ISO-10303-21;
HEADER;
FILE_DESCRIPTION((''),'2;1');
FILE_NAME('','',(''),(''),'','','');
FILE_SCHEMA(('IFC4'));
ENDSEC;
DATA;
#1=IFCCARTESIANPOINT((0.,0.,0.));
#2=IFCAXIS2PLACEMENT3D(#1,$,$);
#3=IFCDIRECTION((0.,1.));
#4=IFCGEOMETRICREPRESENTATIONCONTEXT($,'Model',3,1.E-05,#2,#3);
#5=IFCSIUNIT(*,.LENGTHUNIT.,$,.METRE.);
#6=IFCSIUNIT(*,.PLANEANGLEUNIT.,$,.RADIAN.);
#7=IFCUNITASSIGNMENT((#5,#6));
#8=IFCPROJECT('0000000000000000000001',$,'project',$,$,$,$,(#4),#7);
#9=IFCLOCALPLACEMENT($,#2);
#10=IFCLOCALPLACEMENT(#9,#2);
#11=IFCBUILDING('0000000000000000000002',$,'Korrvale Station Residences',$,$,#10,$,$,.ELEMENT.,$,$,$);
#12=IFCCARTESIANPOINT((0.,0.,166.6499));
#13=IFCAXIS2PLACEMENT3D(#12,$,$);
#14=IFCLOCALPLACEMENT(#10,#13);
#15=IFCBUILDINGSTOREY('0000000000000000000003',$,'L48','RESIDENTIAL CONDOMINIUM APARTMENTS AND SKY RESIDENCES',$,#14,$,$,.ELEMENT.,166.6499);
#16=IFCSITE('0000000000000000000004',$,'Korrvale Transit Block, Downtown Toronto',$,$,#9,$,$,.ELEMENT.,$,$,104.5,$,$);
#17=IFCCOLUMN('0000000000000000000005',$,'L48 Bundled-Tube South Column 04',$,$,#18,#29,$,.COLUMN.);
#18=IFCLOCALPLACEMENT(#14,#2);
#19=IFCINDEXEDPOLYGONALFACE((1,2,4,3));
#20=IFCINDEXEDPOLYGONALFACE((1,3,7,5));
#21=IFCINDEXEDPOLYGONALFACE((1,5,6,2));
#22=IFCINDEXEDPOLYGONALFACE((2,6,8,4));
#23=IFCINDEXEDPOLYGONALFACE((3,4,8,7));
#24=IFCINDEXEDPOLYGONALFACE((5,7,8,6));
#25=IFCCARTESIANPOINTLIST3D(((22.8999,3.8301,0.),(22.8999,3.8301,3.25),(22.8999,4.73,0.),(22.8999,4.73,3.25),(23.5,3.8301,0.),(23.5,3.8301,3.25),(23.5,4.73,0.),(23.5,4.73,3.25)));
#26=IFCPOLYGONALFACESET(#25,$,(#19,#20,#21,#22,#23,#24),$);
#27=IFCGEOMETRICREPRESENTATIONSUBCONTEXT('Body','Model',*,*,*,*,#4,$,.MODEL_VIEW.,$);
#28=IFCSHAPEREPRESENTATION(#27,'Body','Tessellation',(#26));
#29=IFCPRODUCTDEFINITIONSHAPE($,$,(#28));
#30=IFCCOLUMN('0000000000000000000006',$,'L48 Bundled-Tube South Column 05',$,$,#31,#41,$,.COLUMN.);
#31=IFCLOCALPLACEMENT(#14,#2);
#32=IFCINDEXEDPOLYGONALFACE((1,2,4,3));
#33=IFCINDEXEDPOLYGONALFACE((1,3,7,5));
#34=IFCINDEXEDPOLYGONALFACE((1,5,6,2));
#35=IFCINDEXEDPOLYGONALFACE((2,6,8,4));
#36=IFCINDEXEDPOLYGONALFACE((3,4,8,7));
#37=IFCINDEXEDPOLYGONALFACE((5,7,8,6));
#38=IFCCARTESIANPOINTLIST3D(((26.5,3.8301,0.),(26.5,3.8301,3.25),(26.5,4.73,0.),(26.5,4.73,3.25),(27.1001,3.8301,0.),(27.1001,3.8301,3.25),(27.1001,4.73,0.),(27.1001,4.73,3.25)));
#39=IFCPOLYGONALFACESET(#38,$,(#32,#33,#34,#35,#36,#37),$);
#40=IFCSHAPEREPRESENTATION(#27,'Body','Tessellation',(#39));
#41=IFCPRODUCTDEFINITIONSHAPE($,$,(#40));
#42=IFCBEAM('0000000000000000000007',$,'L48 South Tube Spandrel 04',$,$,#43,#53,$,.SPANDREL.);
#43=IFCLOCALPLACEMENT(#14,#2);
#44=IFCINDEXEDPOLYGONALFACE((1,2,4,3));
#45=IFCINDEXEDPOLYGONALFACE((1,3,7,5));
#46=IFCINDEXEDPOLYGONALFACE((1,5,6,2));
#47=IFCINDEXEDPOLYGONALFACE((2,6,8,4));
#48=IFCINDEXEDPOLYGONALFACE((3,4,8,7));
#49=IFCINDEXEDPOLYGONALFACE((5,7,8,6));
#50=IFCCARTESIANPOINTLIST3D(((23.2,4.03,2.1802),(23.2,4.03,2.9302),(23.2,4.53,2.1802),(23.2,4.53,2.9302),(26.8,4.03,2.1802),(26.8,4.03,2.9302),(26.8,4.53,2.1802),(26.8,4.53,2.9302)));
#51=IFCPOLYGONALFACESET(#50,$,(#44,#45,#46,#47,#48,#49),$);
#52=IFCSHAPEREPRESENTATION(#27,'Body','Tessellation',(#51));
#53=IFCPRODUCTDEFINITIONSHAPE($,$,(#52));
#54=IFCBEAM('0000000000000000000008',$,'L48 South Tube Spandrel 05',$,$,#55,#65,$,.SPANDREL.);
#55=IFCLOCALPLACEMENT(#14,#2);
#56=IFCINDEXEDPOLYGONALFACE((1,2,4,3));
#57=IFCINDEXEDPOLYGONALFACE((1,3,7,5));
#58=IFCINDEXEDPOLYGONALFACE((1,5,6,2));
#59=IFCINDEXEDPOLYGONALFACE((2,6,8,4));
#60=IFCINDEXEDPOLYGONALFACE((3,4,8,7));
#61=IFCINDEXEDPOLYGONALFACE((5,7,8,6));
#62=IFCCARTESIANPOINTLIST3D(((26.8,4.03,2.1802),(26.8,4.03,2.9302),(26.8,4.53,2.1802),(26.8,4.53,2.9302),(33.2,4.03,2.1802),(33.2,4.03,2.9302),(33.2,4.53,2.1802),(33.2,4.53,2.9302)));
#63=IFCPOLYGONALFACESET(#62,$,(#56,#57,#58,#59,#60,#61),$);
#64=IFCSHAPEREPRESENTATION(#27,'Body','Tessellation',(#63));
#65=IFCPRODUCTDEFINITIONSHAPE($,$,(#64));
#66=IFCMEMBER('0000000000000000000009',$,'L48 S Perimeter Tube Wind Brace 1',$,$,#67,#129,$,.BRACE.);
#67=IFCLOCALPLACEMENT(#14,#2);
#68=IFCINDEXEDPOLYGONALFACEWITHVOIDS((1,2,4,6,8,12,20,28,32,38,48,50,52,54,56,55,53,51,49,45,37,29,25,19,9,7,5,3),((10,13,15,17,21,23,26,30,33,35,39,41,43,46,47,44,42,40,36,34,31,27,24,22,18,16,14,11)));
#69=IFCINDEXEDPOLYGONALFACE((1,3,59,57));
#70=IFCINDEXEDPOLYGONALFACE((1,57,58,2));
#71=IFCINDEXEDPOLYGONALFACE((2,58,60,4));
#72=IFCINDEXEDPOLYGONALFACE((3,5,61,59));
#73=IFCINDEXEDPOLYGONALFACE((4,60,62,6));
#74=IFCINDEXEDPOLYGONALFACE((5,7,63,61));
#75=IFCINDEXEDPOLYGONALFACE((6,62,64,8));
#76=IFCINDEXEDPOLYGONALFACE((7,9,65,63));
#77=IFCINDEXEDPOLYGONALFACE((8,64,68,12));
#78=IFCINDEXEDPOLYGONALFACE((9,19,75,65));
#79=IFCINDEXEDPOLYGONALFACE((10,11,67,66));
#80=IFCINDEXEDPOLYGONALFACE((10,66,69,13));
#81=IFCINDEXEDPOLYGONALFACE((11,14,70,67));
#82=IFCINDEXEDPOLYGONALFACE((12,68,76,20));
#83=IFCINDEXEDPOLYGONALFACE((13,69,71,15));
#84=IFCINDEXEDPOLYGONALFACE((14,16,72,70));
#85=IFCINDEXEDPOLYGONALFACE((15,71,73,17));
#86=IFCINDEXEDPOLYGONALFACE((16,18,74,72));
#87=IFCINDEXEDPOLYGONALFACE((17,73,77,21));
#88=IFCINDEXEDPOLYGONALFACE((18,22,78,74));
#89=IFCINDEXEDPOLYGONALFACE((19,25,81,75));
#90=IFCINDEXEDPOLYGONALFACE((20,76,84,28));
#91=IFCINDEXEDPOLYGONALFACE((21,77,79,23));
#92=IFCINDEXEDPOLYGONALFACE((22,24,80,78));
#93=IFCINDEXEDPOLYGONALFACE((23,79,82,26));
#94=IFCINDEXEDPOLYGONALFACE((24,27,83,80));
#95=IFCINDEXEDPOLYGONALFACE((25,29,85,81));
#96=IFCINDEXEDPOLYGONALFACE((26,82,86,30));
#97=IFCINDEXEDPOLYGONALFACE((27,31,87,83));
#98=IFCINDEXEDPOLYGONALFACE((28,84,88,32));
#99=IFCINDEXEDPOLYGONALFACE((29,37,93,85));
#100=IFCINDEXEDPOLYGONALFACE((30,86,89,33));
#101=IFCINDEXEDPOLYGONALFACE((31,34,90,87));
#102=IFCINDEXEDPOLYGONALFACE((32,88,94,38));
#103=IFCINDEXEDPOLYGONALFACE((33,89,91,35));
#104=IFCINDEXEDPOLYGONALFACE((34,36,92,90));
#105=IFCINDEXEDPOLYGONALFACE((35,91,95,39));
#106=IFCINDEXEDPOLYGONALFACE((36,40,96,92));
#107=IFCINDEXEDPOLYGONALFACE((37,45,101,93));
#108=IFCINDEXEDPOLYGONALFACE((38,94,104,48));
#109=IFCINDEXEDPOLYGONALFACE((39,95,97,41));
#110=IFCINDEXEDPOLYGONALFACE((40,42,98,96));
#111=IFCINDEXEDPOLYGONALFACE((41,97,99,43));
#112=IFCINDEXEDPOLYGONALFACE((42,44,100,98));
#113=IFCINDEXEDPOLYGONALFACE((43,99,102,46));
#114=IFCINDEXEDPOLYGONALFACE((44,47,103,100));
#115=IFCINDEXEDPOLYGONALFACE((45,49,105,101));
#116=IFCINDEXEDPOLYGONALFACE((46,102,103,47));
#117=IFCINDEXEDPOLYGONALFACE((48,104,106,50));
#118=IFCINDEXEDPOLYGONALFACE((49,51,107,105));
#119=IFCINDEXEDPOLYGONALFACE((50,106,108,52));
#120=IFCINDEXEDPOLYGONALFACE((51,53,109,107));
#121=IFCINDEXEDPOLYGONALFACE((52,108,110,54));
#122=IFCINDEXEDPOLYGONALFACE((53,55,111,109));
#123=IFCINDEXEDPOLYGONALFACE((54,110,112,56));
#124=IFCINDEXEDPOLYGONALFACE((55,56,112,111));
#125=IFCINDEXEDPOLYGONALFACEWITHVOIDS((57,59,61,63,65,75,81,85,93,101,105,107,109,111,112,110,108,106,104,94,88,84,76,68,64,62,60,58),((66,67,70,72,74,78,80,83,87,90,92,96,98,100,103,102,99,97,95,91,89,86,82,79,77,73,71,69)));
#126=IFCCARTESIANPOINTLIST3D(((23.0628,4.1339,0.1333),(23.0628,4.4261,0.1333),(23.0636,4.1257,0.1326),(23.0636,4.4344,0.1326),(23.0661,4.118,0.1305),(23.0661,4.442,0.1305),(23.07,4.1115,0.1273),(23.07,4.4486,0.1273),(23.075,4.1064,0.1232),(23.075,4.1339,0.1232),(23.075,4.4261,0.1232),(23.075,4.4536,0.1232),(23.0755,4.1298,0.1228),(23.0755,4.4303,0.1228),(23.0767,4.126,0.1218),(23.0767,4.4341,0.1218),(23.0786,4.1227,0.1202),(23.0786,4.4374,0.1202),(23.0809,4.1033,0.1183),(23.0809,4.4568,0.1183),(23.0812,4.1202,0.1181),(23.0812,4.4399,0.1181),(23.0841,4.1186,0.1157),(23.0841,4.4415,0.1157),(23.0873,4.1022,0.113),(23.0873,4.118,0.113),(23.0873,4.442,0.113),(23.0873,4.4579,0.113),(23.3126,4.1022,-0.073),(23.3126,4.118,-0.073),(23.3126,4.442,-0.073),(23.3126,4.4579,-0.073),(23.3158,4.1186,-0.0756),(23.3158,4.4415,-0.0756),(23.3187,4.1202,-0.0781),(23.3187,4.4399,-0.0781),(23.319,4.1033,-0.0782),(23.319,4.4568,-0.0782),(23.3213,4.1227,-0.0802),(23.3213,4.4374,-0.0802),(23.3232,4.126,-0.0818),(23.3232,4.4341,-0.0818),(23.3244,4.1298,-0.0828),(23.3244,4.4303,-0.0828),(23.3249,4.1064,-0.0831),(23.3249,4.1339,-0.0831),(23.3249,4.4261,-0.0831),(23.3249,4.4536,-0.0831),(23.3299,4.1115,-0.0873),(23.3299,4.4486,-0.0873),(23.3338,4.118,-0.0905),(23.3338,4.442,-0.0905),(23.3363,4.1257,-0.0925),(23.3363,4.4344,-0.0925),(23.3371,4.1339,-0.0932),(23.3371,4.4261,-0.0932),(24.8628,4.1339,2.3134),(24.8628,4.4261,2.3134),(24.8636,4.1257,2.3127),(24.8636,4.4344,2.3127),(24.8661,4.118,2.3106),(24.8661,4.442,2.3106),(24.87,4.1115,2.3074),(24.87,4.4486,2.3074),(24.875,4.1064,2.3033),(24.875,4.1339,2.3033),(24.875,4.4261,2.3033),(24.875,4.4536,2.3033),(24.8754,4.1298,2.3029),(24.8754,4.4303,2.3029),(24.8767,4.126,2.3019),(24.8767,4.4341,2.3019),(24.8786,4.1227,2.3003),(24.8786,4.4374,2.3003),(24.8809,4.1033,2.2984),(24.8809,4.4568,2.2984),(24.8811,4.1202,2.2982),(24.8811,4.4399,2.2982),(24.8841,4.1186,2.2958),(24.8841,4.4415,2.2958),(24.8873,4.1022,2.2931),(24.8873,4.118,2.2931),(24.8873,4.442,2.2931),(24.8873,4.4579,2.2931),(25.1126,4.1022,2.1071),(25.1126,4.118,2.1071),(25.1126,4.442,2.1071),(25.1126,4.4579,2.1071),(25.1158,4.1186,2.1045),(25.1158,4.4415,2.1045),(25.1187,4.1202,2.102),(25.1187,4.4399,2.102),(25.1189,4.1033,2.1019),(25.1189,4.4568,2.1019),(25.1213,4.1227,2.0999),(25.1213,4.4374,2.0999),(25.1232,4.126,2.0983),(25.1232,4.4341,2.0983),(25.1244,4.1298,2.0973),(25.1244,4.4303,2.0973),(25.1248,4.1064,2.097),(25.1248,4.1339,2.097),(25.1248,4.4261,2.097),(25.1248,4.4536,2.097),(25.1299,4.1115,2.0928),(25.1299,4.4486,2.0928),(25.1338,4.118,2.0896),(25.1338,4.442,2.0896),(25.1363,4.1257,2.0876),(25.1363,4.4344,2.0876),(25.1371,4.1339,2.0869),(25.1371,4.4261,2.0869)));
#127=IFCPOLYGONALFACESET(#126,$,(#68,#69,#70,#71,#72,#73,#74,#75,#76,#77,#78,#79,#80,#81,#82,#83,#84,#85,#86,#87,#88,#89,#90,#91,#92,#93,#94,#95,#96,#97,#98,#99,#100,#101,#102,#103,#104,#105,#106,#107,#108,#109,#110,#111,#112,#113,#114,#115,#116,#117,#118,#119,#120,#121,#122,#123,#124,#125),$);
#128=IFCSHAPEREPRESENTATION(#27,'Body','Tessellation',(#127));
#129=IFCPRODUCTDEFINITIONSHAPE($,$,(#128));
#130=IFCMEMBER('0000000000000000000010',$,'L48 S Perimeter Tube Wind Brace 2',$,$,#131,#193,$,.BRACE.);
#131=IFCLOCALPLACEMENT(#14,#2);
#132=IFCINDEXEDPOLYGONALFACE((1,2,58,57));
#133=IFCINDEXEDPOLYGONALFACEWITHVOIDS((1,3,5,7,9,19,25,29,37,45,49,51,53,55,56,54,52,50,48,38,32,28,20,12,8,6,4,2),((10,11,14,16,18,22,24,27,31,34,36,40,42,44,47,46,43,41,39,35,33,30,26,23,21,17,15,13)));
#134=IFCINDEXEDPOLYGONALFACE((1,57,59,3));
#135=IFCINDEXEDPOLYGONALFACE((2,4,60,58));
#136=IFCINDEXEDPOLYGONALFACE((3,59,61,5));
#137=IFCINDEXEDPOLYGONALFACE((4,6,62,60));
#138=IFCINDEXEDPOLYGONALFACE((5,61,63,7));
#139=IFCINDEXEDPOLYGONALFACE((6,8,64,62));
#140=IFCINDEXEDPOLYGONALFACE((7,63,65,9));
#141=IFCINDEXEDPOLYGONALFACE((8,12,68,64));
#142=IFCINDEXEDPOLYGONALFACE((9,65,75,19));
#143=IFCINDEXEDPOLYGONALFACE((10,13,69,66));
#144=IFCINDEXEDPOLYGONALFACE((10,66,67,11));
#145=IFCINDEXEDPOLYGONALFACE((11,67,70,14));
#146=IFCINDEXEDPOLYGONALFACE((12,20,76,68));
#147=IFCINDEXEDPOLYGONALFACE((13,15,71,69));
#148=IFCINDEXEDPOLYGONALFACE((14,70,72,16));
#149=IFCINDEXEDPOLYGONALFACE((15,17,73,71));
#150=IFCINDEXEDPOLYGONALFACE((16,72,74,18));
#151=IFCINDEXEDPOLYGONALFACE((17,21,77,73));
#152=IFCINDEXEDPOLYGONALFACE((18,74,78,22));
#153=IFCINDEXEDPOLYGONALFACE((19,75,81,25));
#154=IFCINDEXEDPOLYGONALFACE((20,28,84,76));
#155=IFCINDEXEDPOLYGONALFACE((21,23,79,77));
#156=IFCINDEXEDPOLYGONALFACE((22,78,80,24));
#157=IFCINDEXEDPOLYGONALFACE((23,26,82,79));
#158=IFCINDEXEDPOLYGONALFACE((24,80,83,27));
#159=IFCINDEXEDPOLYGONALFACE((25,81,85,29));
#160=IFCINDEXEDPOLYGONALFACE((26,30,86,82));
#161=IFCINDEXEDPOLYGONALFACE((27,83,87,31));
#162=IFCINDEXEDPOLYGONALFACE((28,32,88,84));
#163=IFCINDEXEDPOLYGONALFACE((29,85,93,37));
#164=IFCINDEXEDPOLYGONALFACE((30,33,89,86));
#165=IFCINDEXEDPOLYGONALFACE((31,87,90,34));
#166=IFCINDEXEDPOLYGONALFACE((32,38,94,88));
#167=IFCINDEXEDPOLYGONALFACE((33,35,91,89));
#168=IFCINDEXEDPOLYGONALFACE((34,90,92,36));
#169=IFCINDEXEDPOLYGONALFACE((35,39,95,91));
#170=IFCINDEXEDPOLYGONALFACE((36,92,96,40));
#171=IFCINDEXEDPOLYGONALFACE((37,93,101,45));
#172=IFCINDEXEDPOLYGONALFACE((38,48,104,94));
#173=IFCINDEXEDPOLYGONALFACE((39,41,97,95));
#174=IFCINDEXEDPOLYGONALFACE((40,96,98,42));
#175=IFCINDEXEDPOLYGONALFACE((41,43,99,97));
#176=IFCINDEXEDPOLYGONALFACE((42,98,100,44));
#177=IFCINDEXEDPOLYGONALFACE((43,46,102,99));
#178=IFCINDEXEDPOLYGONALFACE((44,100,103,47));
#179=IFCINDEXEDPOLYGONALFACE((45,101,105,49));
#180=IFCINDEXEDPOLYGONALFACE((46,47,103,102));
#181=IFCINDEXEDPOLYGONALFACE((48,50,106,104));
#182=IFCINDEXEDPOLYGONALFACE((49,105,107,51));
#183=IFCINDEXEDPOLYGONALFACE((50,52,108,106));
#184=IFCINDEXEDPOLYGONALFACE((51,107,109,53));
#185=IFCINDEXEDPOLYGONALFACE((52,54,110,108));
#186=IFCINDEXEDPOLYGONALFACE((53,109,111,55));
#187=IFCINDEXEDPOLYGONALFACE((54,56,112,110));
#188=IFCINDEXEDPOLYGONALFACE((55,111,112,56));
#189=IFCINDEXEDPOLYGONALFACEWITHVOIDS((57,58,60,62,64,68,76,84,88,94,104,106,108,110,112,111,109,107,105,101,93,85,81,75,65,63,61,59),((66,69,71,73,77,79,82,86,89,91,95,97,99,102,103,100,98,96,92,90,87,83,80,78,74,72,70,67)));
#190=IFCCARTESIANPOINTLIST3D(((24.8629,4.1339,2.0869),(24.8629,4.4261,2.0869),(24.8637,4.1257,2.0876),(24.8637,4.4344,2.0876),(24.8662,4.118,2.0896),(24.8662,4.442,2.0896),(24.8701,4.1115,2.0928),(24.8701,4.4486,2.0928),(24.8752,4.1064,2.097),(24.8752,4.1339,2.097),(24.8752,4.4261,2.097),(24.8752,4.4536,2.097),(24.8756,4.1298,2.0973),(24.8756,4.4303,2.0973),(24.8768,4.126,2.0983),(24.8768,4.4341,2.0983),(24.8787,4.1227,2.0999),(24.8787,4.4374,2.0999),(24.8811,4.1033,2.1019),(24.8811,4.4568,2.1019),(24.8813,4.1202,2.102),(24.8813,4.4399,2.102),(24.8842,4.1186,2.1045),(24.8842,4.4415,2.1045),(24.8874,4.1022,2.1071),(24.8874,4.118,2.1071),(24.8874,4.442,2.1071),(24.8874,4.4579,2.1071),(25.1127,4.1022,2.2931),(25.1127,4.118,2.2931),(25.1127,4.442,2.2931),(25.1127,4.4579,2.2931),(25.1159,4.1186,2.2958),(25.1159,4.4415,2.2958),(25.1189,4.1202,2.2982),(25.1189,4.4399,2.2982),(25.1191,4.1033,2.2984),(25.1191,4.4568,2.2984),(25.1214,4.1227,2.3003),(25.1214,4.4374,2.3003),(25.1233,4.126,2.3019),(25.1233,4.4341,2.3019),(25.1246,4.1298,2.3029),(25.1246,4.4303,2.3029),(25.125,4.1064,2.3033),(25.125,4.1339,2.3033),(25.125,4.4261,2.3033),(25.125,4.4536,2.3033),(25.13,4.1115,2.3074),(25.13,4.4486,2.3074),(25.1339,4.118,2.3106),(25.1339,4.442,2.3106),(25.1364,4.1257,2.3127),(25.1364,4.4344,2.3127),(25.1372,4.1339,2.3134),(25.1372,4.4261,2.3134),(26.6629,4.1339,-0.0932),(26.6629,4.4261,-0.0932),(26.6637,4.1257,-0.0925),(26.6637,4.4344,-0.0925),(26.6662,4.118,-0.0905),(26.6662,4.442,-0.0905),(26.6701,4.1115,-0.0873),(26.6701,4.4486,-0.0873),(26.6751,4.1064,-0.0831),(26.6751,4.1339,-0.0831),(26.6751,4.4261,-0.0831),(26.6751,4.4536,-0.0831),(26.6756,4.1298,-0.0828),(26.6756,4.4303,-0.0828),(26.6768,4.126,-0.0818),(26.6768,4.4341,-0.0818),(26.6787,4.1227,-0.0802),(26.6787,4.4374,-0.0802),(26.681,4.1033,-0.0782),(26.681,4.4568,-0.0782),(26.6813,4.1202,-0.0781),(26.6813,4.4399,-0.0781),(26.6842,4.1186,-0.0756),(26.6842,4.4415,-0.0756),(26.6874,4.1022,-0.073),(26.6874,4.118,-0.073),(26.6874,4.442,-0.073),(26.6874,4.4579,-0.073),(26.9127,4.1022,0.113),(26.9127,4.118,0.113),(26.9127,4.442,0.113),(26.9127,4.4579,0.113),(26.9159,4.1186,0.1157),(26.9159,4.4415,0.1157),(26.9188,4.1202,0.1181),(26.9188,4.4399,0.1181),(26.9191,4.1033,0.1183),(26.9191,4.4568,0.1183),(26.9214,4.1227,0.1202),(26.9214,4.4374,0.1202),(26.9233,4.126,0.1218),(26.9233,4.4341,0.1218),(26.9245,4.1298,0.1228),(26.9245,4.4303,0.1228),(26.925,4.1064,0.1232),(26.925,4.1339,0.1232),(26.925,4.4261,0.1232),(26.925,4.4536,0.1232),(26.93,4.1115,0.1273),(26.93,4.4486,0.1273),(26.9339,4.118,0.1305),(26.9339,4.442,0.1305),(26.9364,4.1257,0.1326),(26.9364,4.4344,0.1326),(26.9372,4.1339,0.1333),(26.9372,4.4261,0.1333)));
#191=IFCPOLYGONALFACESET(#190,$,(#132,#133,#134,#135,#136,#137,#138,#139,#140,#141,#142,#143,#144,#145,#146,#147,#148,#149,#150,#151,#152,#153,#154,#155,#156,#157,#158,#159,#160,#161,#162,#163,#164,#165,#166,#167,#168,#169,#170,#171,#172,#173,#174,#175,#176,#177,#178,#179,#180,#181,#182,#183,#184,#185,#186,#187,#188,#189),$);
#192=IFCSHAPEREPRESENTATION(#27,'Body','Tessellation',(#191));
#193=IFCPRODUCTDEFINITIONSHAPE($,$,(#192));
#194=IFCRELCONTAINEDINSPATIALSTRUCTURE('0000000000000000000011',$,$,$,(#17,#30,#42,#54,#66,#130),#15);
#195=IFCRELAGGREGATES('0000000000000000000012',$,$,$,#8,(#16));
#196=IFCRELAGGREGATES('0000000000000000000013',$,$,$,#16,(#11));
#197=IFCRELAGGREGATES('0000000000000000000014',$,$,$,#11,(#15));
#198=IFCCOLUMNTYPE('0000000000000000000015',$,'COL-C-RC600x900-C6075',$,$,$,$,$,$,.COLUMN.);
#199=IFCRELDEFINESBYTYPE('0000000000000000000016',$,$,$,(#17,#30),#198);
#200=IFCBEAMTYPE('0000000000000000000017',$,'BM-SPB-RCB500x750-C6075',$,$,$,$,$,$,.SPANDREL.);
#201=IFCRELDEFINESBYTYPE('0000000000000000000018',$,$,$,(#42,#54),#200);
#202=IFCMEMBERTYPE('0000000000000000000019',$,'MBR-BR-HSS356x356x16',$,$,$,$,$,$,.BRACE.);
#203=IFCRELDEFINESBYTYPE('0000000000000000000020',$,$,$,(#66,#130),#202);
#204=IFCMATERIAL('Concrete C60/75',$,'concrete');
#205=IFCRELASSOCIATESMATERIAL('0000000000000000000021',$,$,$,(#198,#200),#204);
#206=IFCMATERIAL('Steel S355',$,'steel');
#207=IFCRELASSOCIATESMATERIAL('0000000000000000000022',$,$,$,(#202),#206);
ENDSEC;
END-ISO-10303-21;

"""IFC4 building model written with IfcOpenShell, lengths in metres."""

from ifc_helpers import new_model, si_unit, direction, frame, origin, origin_2d, place, context, subcontext, project, spatial, rectangle, hollow_rectangle, extrude, material, material_profile, profile_set, type_object, element, save


model = new_model("IFC4")

# Units and contexts
model_context = context("Model", 3, precision=1e-05, world=origin(), true_north=direction((0.0, 1.0)))
body_context = subcontext(model_context, "Body", "Model", "MODEL_VIEW")
ifc_project = project(units=[si_unit("LENGTHUNIT", "METRE"), si_unit("PLANEANGLEUNIT", "RADIAN")], contexts=[model_context])

# Site, building, storey
site_placement = place(None, origin())
site = spatial("IfcSite", under=ifc_project, at=site_placement, Name="Korrvale Transit Block, Downtown Toronto", CompositionType="ELEMENT", RefElevation=104.5)
building_placement = place(site_placement, origin())
building = spatial("IfcBuilding", under=site, at=building_placement, Name="Korrvale Station Residences", CompositionType="ELEMENT")
storey_placement = place(building_placement, frame((0.0, 0.0, 166.6499)))
storey = spatial("IfcBuildingStorey", under=building, at=storey_placement, Name="L48", Description="RESIDENTIAL CONDOMINIUM APARTMENTS AND SKY RESIDENCES", CompositionType="ELEMENT", Elevation=166.6499)

# Columns
ifc_material_1 = material(Name="Concrete C60/75", Category="concrete")
ifc_material_profile_1 = material_profile(ifc_material_1, rectangle(XDim=0.6001, YDim=0.8999, at=origin_2d()), Name="RC600x900")
ifc_profile_set_1 = profile_set([ifc_material_profile_1], Name="Concrete C60/75")
column_type = type_object("IfcColumnType", Name="COL-C-RC600x900-C6075", PredefinedType="COLUMN", material=ifc_profile_set_1)
for number, where, z_axis, x_axis, name in (
    (1, (23.2, 4.28, 0.0), (0.0, 0.0, 1.0), (1.0, 0.0, 0.0), "L48 Bundled-Tube South Column 04"),
    (2, (26.8, 4.28, 0.0), (0.0, 0.0, 1.0), (1.0, 0.0, 0.0), "L48 Bundled-Tube South Column 05"),
):
    element("IfcColumn", number, at=place(storey_placement, frame(where, z_axis=z_axis, x_axis=x_axis)), inside=storey, type_object=column_type, Name=name, PredefinedType="COLUMN", context=body_context, shape_type="SweptSolid", body=[
        extrude(rectangle(XDim=0.6001, YDim=0.8999, at=origin_2d()), origin(), (0.0, 0.0, 1.0), 3.25),
    ])

# Beams
ifc_material_profile_2 = material_profile(ifc_material_1, rectangle(XDim=0.5, YDim=0.75, at=origin_2d()), Name="RCB500x750")
ifc_profile_set_2 = profile_set([ifc_material_profile_2], Name="Concrete C60/75")
beam_type = type_object("IfcBeamType", Name="BM-SPB-RCB500x750-C6075", PredefinedType="SPANDREL", material=ifc_profile_set_2)
beam_1_placement = place(storey_placement, frame((23.2, 4.28, 2.5552), z_axis=(1.0, 0.0, 0.0), x_axis=(0.0, 1.0, 0.0)))
element("IfcBeam", 3, at=beam_1_placement, inside=storey, type_object=beam_type, Name="L48 South Tube Spandrel 04", PredefinedType="SPANDREL", context=body_context, shape_type="SweptSolid", body=[
    extrude(rectangle(XDim=0.5, YDim=0.75, at=origin_2d()), origin(), (0.0, 0.0, 1.0), 3.6001),
])
beam_2_placement = place(storey_placement, frame((26.8, 4.28, 2.5552), z_axis=(1.0, 0.0, 0.0), x_axis=(0.0, 1.0, 0.0)))
element("IfcBeam", 4, at=beam_2_placement, inside=storey, type_object=beam_type, Name="L48 South Tube Spandrel 05", PredefinedType="SPANDREL", context=body_context, shape_type="SweptSolid", body=[
    extrude(rectangle(XDim=0.5, YDim=0.75, at=origin_2d()), origin(), (0.0, 0.0, 1.0), 6.3999),
])

# Members
ifc_material_2 = material(Name="Steel S355", Category="steel")
ifc_material_profile_3 = material_profile(ifc_material_2, hollow_rectangle(XDim=0.3557, YDim=0.3557, WallThickness=0.0159, InnerFilletRadius=0.0159, OuterFilletRadius=0.0317, at=origin_2d()), Name="HSS356x356x16")
ifc_profile_set_3 = profile_set([ifc_material_profile_3], Name="Steel S355")
member_type = type_object("IfcMemberType", Name="MBR-BR-HSS356x356x16", PredefinedType="BRACE", material=ifc_profile_set_3)
for number, where, z_axis, x_axis, name in (
    (5, (23.2, 4.28, 0.02), (0.636678, 0.0, 0.771129), (0.0, 1.0, 0.0), "L48 S Perimeter Tube Wind Brace 1"),
    (6, (26.8, 4.28, 0.02), (-0.636678, 0.0, 0.771129), (0.0, -1.0, 0.0), "L48 S Perimeter Tube Wind Brace 2"),
):
    element("IfcMember", number, at=place(storey_placement, frame(where, z_axis=z_axis, x_axis=x_axis)), inside=storey, type_object=member_type, Name=name, PredefinedType="BRACE", context=body_context, shape_type="SweptSolid", body=[
        extrude(hollow_rectangle(XDim=0.3557, YDim=0.3557, WallThickness=0.0159, InnerFilletRadius=0.0159, OuterFilletRadius=0.0317, at=origin_2d()), origin(), (0.0, 0.0, 1.0), 2.8271),
    ])

save(model, "model.ifc")
